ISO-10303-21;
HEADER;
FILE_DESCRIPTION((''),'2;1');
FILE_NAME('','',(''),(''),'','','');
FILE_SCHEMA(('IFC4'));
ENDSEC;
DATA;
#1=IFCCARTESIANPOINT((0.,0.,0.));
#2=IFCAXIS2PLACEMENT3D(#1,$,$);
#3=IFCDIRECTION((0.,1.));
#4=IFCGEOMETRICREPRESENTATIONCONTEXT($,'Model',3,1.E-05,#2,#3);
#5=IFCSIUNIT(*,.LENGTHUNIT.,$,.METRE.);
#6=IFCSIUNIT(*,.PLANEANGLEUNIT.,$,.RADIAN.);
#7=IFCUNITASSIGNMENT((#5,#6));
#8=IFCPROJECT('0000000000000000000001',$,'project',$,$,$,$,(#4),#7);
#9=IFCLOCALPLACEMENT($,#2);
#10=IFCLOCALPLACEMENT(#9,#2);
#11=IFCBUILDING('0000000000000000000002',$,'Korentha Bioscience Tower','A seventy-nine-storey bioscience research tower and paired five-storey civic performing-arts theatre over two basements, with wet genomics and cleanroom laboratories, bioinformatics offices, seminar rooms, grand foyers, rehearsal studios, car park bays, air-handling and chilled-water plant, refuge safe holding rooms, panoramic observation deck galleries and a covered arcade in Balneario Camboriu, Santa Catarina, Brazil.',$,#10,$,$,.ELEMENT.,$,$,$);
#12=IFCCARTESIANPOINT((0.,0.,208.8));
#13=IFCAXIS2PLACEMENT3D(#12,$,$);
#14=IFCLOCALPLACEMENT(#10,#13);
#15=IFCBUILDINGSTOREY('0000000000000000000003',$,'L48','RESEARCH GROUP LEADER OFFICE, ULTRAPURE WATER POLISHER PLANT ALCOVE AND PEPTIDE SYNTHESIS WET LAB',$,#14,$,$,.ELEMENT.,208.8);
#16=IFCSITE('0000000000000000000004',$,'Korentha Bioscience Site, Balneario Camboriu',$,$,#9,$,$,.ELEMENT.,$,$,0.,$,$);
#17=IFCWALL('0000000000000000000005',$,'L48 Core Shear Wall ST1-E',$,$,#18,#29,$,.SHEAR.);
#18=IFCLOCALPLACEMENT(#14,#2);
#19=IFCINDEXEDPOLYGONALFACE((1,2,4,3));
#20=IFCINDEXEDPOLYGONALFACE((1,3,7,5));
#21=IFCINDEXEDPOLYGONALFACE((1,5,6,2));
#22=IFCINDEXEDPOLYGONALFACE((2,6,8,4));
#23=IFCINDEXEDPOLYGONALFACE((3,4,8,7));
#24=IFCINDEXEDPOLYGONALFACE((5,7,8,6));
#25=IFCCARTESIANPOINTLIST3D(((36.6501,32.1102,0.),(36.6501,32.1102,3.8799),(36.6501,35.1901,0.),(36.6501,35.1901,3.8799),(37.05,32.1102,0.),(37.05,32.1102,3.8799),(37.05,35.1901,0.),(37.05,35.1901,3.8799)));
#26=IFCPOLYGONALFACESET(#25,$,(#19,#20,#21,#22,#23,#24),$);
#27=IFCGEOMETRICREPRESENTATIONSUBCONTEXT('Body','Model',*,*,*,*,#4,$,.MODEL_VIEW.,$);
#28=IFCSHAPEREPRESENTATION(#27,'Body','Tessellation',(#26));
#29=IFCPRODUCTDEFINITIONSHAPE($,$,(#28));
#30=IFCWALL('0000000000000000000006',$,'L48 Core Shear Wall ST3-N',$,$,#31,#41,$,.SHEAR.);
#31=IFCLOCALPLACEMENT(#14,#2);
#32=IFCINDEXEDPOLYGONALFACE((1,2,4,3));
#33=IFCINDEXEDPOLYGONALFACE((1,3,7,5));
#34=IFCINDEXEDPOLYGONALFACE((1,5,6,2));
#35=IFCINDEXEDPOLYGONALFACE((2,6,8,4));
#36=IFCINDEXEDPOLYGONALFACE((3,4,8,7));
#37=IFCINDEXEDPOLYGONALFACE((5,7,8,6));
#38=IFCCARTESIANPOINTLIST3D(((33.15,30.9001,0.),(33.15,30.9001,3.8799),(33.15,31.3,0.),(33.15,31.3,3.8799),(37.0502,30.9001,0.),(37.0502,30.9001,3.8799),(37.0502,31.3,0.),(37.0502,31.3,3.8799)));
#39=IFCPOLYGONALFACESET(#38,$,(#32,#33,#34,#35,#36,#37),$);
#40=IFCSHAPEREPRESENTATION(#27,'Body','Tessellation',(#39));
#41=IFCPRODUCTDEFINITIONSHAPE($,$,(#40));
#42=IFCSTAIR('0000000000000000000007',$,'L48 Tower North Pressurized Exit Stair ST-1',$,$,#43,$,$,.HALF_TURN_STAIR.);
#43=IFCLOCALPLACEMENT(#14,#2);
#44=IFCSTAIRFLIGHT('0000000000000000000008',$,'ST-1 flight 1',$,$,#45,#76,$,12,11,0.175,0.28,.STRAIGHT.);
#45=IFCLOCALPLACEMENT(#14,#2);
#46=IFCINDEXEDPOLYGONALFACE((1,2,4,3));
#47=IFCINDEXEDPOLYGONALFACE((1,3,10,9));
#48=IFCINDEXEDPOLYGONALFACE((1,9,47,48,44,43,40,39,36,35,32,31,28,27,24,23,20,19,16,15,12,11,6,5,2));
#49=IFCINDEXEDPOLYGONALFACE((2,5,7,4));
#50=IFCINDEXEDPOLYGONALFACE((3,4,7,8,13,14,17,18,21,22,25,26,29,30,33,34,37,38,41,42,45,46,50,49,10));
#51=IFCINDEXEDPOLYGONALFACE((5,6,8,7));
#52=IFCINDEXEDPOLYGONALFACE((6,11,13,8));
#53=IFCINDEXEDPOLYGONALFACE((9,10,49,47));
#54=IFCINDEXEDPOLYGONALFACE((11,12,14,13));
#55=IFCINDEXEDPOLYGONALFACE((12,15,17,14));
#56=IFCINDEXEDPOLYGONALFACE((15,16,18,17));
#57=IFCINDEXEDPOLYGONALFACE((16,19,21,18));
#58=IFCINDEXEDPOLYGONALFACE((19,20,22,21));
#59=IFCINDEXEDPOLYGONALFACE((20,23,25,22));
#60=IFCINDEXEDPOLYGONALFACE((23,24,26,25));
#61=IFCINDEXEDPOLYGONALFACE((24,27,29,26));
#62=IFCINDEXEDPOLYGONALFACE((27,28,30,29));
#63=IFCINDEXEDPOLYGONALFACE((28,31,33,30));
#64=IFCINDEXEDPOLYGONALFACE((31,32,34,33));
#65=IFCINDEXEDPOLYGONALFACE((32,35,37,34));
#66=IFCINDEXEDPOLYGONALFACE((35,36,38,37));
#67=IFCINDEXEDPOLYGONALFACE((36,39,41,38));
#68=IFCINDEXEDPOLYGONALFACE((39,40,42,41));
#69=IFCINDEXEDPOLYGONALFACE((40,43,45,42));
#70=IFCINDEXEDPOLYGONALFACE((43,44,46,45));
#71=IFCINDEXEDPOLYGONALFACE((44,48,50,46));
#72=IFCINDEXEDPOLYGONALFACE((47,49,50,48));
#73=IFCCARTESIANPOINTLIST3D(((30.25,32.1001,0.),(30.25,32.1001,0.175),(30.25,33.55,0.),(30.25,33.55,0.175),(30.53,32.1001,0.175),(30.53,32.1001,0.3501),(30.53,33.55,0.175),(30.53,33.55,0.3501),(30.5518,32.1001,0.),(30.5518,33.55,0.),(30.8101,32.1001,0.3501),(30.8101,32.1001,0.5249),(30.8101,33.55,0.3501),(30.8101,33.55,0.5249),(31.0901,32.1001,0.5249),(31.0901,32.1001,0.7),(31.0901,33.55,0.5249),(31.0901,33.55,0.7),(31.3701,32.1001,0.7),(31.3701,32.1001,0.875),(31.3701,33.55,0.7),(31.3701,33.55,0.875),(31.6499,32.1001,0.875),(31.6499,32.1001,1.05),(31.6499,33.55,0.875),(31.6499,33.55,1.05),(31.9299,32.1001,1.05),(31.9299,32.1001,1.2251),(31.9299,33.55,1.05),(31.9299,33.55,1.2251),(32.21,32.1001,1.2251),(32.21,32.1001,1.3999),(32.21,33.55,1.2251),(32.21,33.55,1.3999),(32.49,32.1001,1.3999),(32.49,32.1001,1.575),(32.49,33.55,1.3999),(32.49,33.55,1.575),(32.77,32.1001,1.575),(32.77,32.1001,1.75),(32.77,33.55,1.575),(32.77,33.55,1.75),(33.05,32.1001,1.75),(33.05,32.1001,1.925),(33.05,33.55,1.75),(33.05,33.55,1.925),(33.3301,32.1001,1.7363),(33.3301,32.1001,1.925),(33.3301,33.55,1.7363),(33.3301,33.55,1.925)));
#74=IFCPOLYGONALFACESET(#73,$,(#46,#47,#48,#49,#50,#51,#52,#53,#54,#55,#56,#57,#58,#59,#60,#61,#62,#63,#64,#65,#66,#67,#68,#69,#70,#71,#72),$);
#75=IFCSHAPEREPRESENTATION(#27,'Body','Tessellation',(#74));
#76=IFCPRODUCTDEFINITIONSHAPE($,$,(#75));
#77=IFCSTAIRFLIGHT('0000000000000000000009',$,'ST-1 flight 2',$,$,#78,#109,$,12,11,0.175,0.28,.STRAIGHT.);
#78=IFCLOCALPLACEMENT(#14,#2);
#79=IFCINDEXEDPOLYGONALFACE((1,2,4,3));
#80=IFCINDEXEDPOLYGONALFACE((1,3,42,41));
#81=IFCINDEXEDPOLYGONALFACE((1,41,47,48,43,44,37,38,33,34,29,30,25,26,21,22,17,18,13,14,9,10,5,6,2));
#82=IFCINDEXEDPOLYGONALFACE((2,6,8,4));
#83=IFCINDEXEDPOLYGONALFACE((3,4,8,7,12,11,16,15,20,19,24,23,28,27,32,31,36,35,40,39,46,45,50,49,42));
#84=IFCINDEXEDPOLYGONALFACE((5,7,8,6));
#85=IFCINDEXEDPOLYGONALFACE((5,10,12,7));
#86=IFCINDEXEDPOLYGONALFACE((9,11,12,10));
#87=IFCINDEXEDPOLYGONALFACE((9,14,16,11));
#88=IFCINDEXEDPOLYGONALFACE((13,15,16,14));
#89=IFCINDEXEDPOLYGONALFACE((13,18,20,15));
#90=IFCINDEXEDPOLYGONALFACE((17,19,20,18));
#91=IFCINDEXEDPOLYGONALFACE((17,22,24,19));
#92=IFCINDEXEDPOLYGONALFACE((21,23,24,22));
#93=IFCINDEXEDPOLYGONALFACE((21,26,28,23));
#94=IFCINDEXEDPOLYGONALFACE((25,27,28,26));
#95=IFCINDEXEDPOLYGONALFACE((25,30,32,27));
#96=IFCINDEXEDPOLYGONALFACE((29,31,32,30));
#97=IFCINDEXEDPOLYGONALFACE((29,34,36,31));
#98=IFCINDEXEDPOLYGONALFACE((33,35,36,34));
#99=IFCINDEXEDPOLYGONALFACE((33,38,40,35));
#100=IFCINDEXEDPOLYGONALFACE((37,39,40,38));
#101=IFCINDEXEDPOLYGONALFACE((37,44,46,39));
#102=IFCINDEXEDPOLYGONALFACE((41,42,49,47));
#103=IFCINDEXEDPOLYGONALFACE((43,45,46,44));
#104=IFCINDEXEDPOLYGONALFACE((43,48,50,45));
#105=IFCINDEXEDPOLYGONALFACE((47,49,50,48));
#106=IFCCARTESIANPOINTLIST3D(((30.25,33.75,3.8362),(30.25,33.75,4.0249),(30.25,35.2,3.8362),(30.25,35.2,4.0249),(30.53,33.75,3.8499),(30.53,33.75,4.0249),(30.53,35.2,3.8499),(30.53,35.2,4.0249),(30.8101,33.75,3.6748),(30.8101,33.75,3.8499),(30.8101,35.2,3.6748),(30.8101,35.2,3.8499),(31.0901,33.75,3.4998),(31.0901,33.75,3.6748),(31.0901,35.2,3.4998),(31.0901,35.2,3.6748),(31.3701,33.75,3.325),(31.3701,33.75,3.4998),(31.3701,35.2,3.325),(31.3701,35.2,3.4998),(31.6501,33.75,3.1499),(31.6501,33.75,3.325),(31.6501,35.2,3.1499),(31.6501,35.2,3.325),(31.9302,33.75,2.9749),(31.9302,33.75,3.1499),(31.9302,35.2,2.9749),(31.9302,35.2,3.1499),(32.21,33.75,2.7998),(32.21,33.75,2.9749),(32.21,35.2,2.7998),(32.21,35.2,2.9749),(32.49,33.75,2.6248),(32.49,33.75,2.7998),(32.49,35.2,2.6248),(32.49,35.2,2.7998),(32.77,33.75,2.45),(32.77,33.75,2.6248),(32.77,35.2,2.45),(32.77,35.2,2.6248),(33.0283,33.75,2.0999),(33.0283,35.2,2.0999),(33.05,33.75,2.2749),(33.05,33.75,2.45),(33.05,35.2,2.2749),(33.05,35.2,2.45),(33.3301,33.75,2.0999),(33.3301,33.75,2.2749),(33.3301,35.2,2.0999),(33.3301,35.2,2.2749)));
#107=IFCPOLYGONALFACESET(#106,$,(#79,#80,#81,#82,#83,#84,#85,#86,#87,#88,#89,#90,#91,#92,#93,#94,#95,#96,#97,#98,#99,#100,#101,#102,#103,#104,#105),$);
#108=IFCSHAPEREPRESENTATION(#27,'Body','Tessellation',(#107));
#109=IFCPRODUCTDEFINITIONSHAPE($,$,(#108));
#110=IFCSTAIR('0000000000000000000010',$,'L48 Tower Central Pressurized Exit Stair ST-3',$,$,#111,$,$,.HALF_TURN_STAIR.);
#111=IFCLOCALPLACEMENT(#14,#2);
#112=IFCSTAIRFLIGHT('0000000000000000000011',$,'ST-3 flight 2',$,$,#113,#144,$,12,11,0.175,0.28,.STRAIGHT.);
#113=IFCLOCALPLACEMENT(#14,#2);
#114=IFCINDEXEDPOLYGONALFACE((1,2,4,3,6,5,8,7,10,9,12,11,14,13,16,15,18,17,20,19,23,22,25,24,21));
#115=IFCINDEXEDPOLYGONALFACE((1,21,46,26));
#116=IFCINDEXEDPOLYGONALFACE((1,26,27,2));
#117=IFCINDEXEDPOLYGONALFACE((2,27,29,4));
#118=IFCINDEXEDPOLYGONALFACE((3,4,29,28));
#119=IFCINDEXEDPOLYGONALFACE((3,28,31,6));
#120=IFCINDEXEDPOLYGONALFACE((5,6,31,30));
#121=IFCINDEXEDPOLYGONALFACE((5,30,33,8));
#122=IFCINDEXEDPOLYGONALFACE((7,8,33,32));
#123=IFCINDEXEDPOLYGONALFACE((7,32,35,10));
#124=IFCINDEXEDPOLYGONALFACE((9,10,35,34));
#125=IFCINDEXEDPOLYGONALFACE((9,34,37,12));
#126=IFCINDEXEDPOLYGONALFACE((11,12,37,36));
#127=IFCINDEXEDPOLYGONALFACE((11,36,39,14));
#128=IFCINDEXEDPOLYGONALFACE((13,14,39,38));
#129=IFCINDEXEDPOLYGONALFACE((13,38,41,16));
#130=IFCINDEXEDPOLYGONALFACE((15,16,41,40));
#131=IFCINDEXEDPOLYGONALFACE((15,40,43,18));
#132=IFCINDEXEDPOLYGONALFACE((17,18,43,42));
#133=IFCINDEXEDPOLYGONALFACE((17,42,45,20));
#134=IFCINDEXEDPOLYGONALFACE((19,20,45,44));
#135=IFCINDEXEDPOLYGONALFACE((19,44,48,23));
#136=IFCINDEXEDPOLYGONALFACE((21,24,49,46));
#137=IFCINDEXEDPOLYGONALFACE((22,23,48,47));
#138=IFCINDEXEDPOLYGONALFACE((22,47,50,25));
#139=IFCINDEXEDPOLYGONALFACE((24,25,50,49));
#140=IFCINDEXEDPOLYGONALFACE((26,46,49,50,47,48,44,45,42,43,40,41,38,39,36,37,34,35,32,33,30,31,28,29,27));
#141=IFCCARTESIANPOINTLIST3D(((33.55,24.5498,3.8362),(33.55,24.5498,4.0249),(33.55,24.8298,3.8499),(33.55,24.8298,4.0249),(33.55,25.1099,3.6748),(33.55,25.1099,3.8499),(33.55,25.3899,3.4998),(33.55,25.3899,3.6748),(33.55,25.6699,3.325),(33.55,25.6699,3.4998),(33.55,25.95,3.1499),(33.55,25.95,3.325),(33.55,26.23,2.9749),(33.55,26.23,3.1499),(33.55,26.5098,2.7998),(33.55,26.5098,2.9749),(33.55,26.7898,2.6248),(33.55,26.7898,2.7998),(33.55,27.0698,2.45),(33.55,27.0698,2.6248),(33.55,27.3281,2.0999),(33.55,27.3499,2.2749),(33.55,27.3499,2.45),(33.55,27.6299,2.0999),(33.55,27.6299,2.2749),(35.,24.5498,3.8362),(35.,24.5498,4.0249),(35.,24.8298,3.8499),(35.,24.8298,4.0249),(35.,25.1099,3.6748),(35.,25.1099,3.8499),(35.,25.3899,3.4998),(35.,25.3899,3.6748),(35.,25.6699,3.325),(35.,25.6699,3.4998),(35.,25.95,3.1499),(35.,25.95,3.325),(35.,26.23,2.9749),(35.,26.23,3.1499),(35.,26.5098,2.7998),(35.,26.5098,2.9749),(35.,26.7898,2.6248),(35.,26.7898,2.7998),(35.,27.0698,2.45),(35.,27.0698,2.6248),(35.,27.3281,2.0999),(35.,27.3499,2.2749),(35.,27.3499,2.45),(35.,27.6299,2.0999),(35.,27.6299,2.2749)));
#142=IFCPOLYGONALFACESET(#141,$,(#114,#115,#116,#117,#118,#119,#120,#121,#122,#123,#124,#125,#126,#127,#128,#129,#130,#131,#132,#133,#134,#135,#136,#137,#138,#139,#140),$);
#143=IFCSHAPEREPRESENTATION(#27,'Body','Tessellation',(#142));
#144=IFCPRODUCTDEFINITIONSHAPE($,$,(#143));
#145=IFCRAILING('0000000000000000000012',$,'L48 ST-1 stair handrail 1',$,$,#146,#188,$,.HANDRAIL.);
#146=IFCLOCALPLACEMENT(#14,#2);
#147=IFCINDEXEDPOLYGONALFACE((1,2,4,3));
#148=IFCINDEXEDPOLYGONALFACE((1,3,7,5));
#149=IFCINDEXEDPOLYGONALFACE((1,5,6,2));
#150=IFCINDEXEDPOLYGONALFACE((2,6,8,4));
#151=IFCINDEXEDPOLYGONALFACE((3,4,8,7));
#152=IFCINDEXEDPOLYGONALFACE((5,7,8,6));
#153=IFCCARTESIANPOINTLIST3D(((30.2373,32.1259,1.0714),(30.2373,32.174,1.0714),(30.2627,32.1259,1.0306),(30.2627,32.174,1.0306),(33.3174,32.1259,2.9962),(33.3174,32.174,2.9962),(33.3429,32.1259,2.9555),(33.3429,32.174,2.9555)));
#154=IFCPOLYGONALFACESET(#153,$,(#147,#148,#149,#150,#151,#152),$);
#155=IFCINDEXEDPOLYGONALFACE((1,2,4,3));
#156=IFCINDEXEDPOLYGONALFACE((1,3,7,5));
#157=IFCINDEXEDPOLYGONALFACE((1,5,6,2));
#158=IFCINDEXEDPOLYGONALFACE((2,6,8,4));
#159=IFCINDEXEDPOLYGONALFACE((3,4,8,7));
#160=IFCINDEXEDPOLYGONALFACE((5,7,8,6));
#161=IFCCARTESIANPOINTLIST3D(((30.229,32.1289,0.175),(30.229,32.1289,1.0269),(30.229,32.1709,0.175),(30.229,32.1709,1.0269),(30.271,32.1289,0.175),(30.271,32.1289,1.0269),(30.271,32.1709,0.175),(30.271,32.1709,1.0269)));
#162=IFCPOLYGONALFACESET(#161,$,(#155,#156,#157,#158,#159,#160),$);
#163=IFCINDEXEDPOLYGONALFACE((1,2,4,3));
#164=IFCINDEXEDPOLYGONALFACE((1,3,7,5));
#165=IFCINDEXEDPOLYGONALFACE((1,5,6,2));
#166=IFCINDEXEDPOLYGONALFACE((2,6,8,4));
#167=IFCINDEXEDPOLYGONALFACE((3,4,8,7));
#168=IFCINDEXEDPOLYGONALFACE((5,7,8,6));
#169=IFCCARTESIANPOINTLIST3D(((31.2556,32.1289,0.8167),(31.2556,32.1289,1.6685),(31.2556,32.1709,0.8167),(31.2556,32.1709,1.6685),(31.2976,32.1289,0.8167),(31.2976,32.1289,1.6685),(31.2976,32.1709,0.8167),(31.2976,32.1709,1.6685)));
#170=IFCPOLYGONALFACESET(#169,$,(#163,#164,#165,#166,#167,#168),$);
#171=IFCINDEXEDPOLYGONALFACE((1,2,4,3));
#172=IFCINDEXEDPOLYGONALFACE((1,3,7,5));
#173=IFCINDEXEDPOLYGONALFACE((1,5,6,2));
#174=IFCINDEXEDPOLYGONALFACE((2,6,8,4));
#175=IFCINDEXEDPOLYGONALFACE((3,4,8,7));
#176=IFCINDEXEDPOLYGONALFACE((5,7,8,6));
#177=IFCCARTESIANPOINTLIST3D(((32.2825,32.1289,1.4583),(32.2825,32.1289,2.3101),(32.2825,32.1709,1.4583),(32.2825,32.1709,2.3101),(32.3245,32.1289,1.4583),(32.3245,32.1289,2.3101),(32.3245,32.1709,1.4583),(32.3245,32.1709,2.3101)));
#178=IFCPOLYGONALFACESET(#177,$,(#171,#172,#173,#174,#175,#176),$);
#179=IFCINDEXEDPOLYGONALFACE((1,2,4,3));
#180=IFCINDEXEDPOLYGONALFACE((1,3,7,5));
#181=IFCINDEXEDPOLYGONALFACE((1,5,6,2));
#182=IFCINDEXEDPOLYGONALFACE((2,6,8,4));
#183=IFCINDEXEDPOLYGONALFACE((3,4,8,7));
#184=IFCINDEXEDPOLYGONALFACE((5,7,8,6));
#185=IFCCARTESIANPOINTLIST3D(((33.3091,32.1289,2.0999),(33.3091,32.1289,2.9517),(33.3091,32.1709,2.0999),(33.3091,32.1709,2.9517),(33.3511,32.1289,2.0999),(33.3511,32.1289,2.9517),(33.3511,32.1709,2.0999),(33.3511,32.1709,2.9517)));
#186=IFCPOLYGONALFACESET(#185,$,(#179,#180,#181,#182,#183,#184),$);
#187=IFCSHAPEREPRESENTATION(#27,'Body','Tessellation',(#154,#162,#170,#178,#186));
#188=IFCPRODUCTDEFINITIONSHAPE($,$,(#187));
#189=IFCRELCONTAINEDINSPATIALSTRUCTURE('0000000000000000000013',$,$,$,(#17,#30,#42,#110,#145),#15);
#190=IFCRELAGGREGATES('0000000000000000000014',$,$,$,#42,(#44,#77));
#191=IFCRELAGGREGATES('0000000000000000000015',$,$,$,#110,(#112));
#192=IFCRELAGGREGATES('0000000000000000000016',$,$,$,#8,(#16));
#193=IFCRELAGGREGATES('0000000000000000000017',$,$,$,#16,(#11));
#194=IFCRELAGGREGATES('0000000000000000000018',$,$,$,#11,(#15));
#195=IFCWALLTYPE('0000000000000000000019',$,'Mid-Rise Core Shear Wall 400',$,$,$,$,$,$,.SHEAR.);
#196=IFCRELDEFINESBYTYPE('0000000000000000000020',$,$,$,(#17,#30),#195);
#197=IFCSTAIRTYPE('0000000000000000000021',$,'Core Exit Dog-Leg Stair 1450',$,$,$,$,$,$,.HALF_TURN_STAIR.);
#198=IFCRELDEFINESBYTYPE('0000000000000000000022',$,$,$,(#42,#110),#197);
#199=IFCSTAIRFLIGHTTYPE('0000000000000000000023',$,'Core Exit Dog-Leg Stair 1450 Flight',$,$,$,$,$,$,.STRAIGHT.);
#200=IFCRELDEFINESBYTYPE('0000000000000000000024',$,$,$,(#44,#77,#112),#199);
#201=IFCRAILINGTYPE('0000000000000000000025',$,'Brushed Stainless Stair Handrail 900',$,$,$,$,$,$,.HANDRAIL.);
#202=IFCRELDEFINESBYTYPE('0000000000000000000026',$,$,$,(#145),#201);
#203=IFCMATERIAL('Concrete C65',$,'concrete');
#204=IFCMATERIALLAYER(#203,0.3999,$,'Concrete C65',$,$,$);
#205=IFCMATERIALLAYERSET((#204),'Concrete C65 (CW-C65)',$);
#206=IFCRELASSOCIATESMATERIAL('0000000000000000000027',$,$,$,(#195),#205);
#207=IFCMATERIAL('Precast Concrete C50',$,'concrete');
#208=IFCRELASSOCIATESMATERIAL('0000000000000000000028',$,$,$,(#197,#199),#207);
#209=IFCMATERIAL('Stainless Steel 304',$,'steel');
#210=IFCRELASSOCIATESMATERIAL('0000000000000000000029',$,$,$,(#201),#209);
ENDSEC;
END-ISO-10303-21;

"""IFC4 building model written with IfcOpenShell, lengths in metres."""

from ifc_helpers import new_model, si_unit, direction, frame, frame_2d, origin, origin_2d, place, context, subcontext, project, spatial, polyline, rectangle, outline, extrude, material, layer, layer_set, type_object, element, aggregate, save


model = new_model("IFC4")

# Units and contexts
model_context = context("Model", 3, precision=1e-05, world=origin(), true_north=direction((0.0, 1.0)))
body_context = subcontext(model_context, "Body", "Model", "MODEL_VIEW")
ifc_project = project(units=[si_unit("LENGTHUNIT", "METRE"), si_unit("PLANEANGLEUNIT", "RADIAN")], contexts=[model_context])

# Site, building, storey
site_placement = place(None, origin())
site = spatial("IfcSite", under=ifc_project, at=site_placement, Name="Korentha Bioscience Site, Balneario Camboriu", CompositionType="ELEMENT", RefElevation=0.0)
building_placement = place(site_placement, origin())
building = spatial("IfcBuilding", under=site, at=building_placement, Name="Korentha Bioscience Tower", Description="A seventy-nine-storey bioscience research tower and paired five-storey civic performing-arts theatre over two basements, with wet genomics and cleanroom laboratories, bioinformatics offices, seminar rooms, grand foyers, rehearsal studios, car park bays, air-handling and chilled-water plant, refuge safe holding rooms, panoramic observation deck galleries and a covered arcade in Balneario Camboriu, Santa Catarina, Brazil.", CompositionType="ELEMENT")
storey_placement = place(building_placement, frame((0.0, 0.0, 208.8)))
storey = spatial("IfcBuildingStorey", under=building, at=storey_placement, Name="L48", Description="RESEARCH GROUP LEADER OFFICE, ULTRAPURE WATER POLISHER PLANT ALCOVE AND PEPTIDE SYNTHESIS WET LAB", CompositionType="ELEMENT", Elevation=208.8)

# Shared definitions
ifc_material_1 = material(Name="Concrete C65", Category="concrete")

# Walls
ifc_layer_1 = layer(ifc_material_1, 0.3999, Name="Concrete C65")
ifc_layer_set_1 = layer_set([ifc_layer_1], Name="Concrete C65 (CW-C65)")
wall_type_1 = type_object("IfcWallType", Name="Mid-Rise Core Shear Wall 400", PredefinedType="SHEAR", material=ifc_layer_set_1)
wall_1_placement = place(storey_placement, frame((36.8501, 32.1101, 0.0), z_axis=(0.0, 0.0, 1.0), x_axis=(0.0, 1.0, 0.0)))
element("IfcWall", 1, at=wall_1_placement, inside=storey, type_object=wall_type_1, Name="L48 Core Shear Wall ST1-E", PredefinedType="SHEAR", context=body_context, shape_type="SweptSolid", body=[
    extrude(rectangle(XDim=3.0798, YDim=0.3999, at=frame_2d((1.54, 0.0))), origin(), (0.0, 0.0, 1.0), 3.8799),
])
wall_2_placement = place(storey_placement, frame((33.1499, 31.1001, 0.0), z_axis=(0.0, 0.0, 1.0), x_axis=(1.0, 0.0, 0.0)))
element("IfcWall", 2, at=wall_2_placement, inside=storey, type_object=wall_type_1, Name="L48 Core Shear Wall ST3-N", PredefinedType="SHEAR", context=body_context, shape_type="SweptSolid", body=[
    extrude(rectangle(XDim=3.9001, YDim=0.3999, at=frame_2d((1.9502, 0.0))), origin(), (0.0, 0.0, 1.0), 3.8799),
])

# Stair, stair flights
ifc_material_2 = material(Name="Precast Concrete C50", Category="concrete")
stair_type = type_object("IfcStairType", Name="Core Exit Dog-Leg Stair 1450", PredefinedType="HALF_TURN_STAIR", material=ifc_material_2)
stair_1_placement = place(storey_placement, origin())
stair_1 = element("IfcStair", 3, at=stair_1_placement, inside=storey, type_object=stair_type, Name="L48 Tower North Pressurized Exit Stair ST-1", PredefinedType="HALF_TURN_STAIR")
stair_flight_type = type_object("IfcStairFlightType", Name="Core Exit Dog-Leg Stair 1450 Flight", PredefinedType="STRAIGHT", material=ifc_material_2)
stair_flight_1_placement = place(storey_placement, frame((30.25, 32.825, 0.0), z_axis=(0.0, 0.0, 1.0), x_axis=(1.0, 0.0, 0.0)))
stair_flight_1 = element("IfcStairFlight", 4, at=stair_flight_1_placement, type_object=stair_flight_type, Name="ST-1 flight 1", NumberOfRisers=12, NumberOfTreads=11, PredefinedType="STRAIGHT", RiserHeight=0.175, TreadLength=0.28, context=body_context, shape_type="SweptSolid", body=[
    extrude(outline(polyline([(0.0, 0.0), (0.0, 0.175), (0.28, 0.175), (0.28, 0.3501), (0.5601, 0.3501), (0.5601, 0.5249), (0.8401, 0.5249), (0.8401, 0.7), (1.1201, 0.7), (1.1201, 0.875), (1.3999, 0.875), (1.3999, 1.05), (1.6799, 1.05), (1.6799, 1.2251), (1.96, 1.2251), (1.96, 1.3999), (2.24, 1.3999), (2.24, 1.575), (2.52, 1.575), (2.52, 1.75), (2.8, 1.75), (2.8, 1.925), (3.0801, 1.925), (3.0801, 2.1001), (3.0801, 1.7363), (0.3018, 0.0), (0.0, 0.0)])), frame((0.0, 0.7251, 0.0), z_axis=(0.0, -1.0, 0.0), x_axis=(1.0, 0.0, 0.0)), (0.0, 0.0, 1.0), 1.45),
])
stair_flight_2_placement = place(storey_placement, frame((33.3301, 34.4751, 2.0999), z_axis=(0.0, 0.0, 1.0), x_axis=(-1.0, 0.0, 0.0)))
stair_flight_2 = element("IfcStairFlight", 5, at=stair_flight_2_placement, type_object=stair_flight_type, Name="ST-1 flight 2", NumberOfRisers=12, NumberOfTreads=11, PredefinedType="STRAIGHT", RiserHeight=0.175, TreadLength=0.28, context=body_context, shape_type="SweptSolid", body=[
    extrude(outline(polyline([(0.0, 0.0), (0.0, 0.175), (0.28, 0.175), (0.28, 0.3501), (0.5601, 0.3501), (0.5601, 0.5249), (0.8401, 0.5249), (0.8401, 0.7), (1.1201, 0.7), (1.1201, 0.875), (1.3999, 0.875), (1.3999, 1.05), (1.6799, 1.05), (1.6799, 1.2251), (1.96, 1.2251), (1.96, 1.3999), (2.24, 1.3999), (2.24, 1.575), (2.52, 1.575), (2.52, 1.75), (2.8, 1.75), (2.8, 1.925), (3.0801, 1.925), (3.0801, 2.1001), (3.0801, 1.7363), (0.3018, 0.0), (0.0, 0.0)])), frame((0.0, 0.7251, 0.0), z_axis=(0.0, -1.0, 0.0), x_axis=(1.0, 0.0, 0.0)), (0.0, 0.0, 1.0), 1.45),
])
aggregate(stair_1, [stair_flight_1, stair_flight_2])

# Stair, stair flight
stair_2_placement = place(storey_placement, origin())
stair_2 = element("IfcStair", 6, at=stair_2_placement, inside=storey, type_object=stair_type, Name="L48 Tower Central Pressurized Exit Stair ST-3", PredefinedType="HALF_TURN_STAIR")
stair_flight_3_placement = place(storey_placement, frame((34.2749, 27.6299, 2.0999), z_axis=(0.0, 0.0, 1.0), x_axis=(0.0, -1.0, 0.0)))
stair_flight_3 = element("IfcStairFlight", 7, at=stair_flight_3_placement, type_object=stair_flight_type, Name="ST-3 flight 2", NumberOfRisers=12, NumberOfTreads=11, PredefinedType="STRAIGHT", RiserHeight=0.175, TreadLength=0.28, context=body_context, shape_type="SweptSolid", body=[
    extrude(outline(polyline([(0.0, 0.0), (0.0, 0.175), (0.28, 0.175), (0.28, 0.3501), (0.5601, 0.3501), (0.5601, 0.5249), (0.8401, 0.5249), (0.8401, 0.7), (1.1201, 0.7), (1.1201, 0.875), (1.3999, 0.875), (1.3999, 1.05), (1.6799, 1.05), (1.6799, 1.2251), (1.96, 1.2251), (1.96, 1.3999), (2.24, 1.3999), (2.24, 1.575), (2.52, 1.575), (2.52, 1.75), (2.8, 1.75), (2.8, 1.925), (3.0801, 1.925), (3.0801, 2.1001), (3.0801, 1.7363), (0.3018, 0.0), (0.0, 0.0)])), frame((0.0, 0.7251, 0.0), z_axis=(0.0, -1.0, 0.0), x_axis=(1.0, 0.0, 0.0)), (0.0, 0.0, 1.0), 1.45),
])
aggregate(stair_2, [stair_flight_3])

# Railing
ifc_material_3 = material(Name="Stainless Steel 304", Category="steel")
railing_type_1 = type_object("IfcRailingType", Name="Brushed Stainless Stair Handrail 900", PredefinedType="HANDRAIL", material=ifc_material_3)
railing_1_placement = place(storey_placement, frame((30.25, 32.1499, 0.175)))
element("IfcRailing", 8, at=railing_1_placement, inside=storey, type_object=railing_type_1, Name="L48 ST-1 stair handrail 1", PredefinedType="HANDRAIL", context=body_context, shape_type="SweptSolid", body=[
    extrude(rectangle(XDim=0.0481, YDim=0.0481, at=origin_2d()), frame((0.0, 0.0, 0.876), z_axis=(0.848029, 0.0, 0.529951), x_axis=(0.0, 1.0, 0.0)), (0.0, 0.0, 1.0), 3.6321),
    extrude(rectangle(XDim=0.042, YDim=0.042, at=origin_2d()), origin(), (0.0, 0.0, 1.0), 0.8518),
    extrude(rectangle(XDim=0.042, YDim=0.042, at=origin_2d()), frame((1.0266, 0.0, 0.6416)), (0.0, 0.0, 1.0), 0.8518),
    extrude(rectangle(XDim=0.042, YDim=0.042, at=origin_2d()), frame((2.0535, 0.0, 1.2832)), (0.0, 0.0, 1.0), 0.8518),
    extrude(rectangle(XDim=0.042, YDim=0.042, at=origin_2d()), frame((3.0801, 0.0, 1.9248)), (0.0, 0.0, 1.0), 0.8518),
])

save(model, "model.ifc")
